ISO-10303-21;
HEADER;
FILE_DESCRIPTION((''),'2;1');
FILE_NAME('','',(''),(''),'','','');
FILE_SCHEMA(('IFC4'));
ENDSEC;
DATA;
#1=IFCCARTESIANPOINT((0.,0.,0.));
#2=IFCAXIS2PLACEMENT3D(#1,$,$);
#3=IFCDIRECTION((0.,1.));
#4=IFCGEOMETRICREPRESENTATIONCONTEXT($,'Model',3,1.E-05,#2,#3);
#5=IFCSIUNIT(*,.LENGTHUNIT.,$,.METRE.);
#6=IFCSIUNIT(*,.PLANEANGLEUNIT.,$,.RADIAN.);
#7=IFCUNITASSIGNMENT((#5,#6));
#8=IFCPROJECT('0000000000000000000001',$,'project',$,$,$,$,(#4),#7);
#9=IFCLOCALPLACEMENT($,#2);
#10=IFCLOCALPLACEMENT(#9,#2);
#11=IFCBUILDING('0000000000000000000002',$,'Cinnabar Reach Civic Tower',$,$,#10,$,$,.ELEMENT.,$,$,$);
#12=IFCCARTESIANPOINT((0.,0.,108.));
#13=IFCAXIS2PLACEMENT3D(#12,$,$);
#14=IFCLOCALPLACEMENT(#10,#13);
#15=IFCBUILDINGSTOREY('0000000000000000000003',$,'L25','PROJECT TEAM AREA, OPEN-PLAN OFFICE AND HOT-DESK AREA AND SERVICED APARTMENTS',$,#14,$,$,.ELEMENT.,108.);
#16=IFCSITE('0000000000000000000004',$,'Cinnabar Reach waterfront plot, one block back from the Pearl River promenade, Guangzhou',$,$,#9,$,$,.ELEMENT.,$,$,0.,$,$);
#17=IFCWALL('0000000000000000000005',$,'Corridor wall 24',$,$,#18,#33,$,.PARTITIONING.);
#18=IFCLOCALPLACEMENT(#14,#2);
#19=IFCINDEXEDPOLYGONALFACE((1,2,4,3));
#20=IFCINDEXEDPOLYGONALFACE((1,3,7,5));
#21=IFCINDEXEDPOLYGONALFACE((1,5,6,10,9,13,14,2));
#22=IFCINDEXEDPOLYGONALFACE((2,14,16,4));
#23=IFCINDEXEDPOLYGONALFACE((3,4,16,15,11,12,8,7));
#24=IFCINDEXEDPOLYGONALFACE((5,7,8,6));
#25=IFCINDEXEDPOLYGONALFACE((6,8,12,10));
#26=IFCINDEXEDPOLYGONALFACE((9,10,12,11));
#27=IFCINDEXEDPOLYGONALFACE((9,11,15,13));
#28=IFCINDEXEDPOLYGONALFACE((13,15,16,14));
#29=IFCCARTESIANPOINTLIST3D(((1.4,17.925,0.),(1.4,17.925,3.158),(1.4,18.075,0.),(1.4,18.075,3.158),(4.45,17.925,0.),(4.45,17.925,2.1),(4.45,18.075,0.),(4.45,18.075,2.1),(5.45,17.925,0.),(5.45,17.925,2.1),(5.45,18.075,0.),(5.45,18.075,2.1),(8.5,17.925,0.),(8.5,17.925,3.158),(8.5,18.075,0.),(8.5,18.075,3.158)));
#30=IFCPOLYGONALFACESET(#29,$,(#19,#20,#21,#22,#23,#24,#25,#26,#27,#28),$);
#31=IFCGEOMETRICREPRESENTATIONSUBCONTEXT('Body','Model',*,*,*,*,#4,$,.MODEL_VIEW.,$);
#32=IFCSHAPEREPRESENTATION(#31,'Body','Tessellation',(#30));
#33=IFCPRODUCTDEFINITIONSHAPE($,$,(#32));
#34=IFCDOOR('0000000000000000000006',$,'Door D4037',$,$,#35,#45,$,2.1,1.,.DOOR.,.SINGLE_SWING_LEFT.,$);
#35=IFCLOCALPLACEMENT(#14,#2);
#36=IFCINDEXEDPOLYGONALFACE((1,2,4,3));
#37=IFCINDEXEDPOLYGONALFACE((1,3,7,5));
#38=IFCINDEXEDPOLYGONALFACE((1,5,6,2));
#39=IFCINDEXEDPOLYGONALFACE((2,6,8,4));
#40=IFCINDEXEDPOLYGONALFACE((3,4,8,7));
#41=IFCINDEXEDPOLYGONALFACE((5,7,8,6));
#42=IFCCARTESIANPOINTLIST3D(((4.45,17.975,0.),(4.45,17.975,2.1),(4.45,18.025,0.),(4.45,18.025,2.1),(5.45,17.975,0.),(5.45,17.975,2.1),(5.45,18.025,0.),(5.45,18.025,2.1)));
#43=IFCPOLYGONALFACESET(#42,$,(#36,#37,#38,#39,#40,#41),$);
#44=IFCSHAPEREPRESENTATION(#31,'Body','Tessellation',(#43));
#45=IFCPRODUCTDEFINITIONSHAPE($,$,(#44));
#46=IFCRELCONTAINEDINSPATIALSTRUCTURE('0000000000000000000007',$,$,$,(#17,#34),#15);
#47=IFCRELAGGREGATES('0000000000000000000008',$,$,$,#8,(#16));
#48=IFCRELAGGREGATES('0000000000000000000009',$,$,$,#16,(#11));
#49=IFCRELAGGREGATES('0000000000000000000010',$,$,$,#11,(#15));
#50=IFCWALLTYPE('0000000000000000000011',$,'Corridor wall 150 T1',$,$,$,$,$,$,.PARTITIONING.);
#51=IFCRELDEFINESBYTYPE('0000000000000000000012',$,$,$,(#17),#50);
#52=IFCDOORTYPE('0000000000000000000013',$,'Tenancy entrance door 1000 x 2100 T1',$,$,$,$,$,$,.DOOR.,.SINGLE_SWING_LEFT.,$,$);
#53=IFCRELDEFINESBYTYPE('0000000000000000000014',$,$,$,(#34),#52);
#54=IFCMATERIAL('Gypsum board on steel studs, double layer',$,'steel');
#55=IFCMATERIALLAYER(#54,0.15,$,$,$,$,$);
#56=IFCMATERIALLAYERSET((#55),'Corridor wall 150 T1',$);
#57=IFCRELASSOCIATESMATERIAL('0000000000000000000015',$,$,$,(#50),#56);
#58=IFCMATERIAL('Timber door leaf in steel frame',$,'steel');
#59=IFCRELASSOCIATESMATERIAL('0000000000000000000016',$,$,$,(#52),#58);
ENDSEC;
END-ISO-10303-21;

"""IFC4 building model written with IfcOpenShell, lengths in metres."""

from ifc_helpers import new_model, si_unit, direction, frame, frame_2d, origin, place, context, subcontext, project, spatial, rectangle, extrude, material, layer, layer_set, type_object, element, fill, save


model = new_model("IFC4")

# Units and contexts
model_context = context("Model", 3, precision=1e-05, world=origin(), true_north=direction((0.0, 1.0)))
body_context = subcontext(model_context, "Body", "Model", "MODEL_VIEW")
ifc_project = project(units=[si_unit("LENGTHUNIT", "METRE"), si_unit("PLANEANGLEUNIT", "RADIAN")], contexts=[model_context])

# Site, building, storey
site_placement = place(None, origin())
site = spatial("IfcSite", under=ifc_project, at=site_placement, Name="Cinnabar Reach waterfront plot, one block back from the Pearl River promenade, Guangzhou", CompositionType="ELEMENT", RefElevation=0.0)
building_placement = place(site_placement, origin())
building = spatial("IfcBuilding", under=site, at=building_placement, Name="Cinnabar Reach Civic Tower", CompositionType="ELEMENT")
storey_placement = place(building_placement, frame((0.0, 0.0, 108.0)))
storey = spatial("IfcBuildingStorey", under=building, at=storey_placement, Name="L25", Description="PROJECT TEAM AREA, OPEN-PLAN OFFICE AND HOT-DESK AREA AND SERVICED APARTMENTS", CompositionType="ELEMENT", Elevation=108.0)

# Wall, opening, door
ifc_material_1 = material(Name="Gypsum board on steel studs, double layer", Category="steel")
ifc_layer_1 = layer(ifc_material_1, 0.15)
ifc_layer_set_1 = layer_set([ifc_layer_1], Name="Corridor wall 150 T1")
wall_type_1 = type_object("IfcWallType", Name="Corridor wall 150 T1", PredefinedType="PARTITIONING", material=ifc_layer_set_1)
wall_1_placement = place(storey_placement, frame((1.4, 18.0, 0.0), z_axis=(0.0, 0.0, 1.0), x_axis=(1.0, 0.0, 0.0)))
wall_1 = element("IfcWall", 1, at=wall_1_placement, inside=storey, type_object=wall_type_1, Name="Corridor wall 24", PredefinedType="PARTITIONING", context=body_context, shape_type="SweptSolid", body=[
    extrude(rectangle(XDim=7.1, YDim=0.15, at=frame_2d((3.55, 0.0))), origin(), (0.0, 0.0, 1.0), 3.158),
])
opening_1_placement = place(wall_1_placement, frame((3.05, 0.0, 0.0)))
opening_1 = element("IfcOpeningElement", 2, at=opening_1_placement, cuts=wall_1, PredefinedType="OPENING", context=body_context, shape_type="SweptSolid", body=[
    extrude(rectangle(XDim=1.0, YDim=2.1, at=frame_2d((0.5, 1.05))), frame((0.0, 0.085, 0.0), z_axis=(0.0, -1.0, 0.0), x_axis=(1.0, 0.0, 0.0)), (0.0, 0.0, 1.0), 0.17),
])
ifc_material_2 = material(Name="Timber door leaf in steel frame", Category="steel")
door_type = type_object("IfcDoorType", Name="Tenancy entrance door 1000 x 2100 T1", OperationType="SINGLE_SWING_LEFT", PredefinedType="DOOR", material=ifc_material_2)
door_placement = place(opening_1_placement, frame((1.0, 0.0, 0.0), z_axis=(0.0, 0.0, 1.0), x_axis=(-1.0, 0.0, 0.0)))
door = element("IfcDoor", 3, at=door_placement, inside=storey, type_object=door_type, Name="Door D4037", OperationType="SINGLE_SWING_LEFT", OverallHeight=2.1, OverallWidth=1.0, PredefinedType="DOOR", context=body_context, shape_type="SweptSolid", body=[
    extrude(rectangle(XDim=1.0, YDim=2.1, at=frame_2d((0.5, 1.05))), frame((0.0, 0.025, 0.0), z_axis=(0.0, -1.0, 0.0), x_axis=(1.0, 0.0, 0.0)), (0.0, 0.0, 1.0), 0.05),
])
fill(opening_1, door)

save(model, "model.ifc")
